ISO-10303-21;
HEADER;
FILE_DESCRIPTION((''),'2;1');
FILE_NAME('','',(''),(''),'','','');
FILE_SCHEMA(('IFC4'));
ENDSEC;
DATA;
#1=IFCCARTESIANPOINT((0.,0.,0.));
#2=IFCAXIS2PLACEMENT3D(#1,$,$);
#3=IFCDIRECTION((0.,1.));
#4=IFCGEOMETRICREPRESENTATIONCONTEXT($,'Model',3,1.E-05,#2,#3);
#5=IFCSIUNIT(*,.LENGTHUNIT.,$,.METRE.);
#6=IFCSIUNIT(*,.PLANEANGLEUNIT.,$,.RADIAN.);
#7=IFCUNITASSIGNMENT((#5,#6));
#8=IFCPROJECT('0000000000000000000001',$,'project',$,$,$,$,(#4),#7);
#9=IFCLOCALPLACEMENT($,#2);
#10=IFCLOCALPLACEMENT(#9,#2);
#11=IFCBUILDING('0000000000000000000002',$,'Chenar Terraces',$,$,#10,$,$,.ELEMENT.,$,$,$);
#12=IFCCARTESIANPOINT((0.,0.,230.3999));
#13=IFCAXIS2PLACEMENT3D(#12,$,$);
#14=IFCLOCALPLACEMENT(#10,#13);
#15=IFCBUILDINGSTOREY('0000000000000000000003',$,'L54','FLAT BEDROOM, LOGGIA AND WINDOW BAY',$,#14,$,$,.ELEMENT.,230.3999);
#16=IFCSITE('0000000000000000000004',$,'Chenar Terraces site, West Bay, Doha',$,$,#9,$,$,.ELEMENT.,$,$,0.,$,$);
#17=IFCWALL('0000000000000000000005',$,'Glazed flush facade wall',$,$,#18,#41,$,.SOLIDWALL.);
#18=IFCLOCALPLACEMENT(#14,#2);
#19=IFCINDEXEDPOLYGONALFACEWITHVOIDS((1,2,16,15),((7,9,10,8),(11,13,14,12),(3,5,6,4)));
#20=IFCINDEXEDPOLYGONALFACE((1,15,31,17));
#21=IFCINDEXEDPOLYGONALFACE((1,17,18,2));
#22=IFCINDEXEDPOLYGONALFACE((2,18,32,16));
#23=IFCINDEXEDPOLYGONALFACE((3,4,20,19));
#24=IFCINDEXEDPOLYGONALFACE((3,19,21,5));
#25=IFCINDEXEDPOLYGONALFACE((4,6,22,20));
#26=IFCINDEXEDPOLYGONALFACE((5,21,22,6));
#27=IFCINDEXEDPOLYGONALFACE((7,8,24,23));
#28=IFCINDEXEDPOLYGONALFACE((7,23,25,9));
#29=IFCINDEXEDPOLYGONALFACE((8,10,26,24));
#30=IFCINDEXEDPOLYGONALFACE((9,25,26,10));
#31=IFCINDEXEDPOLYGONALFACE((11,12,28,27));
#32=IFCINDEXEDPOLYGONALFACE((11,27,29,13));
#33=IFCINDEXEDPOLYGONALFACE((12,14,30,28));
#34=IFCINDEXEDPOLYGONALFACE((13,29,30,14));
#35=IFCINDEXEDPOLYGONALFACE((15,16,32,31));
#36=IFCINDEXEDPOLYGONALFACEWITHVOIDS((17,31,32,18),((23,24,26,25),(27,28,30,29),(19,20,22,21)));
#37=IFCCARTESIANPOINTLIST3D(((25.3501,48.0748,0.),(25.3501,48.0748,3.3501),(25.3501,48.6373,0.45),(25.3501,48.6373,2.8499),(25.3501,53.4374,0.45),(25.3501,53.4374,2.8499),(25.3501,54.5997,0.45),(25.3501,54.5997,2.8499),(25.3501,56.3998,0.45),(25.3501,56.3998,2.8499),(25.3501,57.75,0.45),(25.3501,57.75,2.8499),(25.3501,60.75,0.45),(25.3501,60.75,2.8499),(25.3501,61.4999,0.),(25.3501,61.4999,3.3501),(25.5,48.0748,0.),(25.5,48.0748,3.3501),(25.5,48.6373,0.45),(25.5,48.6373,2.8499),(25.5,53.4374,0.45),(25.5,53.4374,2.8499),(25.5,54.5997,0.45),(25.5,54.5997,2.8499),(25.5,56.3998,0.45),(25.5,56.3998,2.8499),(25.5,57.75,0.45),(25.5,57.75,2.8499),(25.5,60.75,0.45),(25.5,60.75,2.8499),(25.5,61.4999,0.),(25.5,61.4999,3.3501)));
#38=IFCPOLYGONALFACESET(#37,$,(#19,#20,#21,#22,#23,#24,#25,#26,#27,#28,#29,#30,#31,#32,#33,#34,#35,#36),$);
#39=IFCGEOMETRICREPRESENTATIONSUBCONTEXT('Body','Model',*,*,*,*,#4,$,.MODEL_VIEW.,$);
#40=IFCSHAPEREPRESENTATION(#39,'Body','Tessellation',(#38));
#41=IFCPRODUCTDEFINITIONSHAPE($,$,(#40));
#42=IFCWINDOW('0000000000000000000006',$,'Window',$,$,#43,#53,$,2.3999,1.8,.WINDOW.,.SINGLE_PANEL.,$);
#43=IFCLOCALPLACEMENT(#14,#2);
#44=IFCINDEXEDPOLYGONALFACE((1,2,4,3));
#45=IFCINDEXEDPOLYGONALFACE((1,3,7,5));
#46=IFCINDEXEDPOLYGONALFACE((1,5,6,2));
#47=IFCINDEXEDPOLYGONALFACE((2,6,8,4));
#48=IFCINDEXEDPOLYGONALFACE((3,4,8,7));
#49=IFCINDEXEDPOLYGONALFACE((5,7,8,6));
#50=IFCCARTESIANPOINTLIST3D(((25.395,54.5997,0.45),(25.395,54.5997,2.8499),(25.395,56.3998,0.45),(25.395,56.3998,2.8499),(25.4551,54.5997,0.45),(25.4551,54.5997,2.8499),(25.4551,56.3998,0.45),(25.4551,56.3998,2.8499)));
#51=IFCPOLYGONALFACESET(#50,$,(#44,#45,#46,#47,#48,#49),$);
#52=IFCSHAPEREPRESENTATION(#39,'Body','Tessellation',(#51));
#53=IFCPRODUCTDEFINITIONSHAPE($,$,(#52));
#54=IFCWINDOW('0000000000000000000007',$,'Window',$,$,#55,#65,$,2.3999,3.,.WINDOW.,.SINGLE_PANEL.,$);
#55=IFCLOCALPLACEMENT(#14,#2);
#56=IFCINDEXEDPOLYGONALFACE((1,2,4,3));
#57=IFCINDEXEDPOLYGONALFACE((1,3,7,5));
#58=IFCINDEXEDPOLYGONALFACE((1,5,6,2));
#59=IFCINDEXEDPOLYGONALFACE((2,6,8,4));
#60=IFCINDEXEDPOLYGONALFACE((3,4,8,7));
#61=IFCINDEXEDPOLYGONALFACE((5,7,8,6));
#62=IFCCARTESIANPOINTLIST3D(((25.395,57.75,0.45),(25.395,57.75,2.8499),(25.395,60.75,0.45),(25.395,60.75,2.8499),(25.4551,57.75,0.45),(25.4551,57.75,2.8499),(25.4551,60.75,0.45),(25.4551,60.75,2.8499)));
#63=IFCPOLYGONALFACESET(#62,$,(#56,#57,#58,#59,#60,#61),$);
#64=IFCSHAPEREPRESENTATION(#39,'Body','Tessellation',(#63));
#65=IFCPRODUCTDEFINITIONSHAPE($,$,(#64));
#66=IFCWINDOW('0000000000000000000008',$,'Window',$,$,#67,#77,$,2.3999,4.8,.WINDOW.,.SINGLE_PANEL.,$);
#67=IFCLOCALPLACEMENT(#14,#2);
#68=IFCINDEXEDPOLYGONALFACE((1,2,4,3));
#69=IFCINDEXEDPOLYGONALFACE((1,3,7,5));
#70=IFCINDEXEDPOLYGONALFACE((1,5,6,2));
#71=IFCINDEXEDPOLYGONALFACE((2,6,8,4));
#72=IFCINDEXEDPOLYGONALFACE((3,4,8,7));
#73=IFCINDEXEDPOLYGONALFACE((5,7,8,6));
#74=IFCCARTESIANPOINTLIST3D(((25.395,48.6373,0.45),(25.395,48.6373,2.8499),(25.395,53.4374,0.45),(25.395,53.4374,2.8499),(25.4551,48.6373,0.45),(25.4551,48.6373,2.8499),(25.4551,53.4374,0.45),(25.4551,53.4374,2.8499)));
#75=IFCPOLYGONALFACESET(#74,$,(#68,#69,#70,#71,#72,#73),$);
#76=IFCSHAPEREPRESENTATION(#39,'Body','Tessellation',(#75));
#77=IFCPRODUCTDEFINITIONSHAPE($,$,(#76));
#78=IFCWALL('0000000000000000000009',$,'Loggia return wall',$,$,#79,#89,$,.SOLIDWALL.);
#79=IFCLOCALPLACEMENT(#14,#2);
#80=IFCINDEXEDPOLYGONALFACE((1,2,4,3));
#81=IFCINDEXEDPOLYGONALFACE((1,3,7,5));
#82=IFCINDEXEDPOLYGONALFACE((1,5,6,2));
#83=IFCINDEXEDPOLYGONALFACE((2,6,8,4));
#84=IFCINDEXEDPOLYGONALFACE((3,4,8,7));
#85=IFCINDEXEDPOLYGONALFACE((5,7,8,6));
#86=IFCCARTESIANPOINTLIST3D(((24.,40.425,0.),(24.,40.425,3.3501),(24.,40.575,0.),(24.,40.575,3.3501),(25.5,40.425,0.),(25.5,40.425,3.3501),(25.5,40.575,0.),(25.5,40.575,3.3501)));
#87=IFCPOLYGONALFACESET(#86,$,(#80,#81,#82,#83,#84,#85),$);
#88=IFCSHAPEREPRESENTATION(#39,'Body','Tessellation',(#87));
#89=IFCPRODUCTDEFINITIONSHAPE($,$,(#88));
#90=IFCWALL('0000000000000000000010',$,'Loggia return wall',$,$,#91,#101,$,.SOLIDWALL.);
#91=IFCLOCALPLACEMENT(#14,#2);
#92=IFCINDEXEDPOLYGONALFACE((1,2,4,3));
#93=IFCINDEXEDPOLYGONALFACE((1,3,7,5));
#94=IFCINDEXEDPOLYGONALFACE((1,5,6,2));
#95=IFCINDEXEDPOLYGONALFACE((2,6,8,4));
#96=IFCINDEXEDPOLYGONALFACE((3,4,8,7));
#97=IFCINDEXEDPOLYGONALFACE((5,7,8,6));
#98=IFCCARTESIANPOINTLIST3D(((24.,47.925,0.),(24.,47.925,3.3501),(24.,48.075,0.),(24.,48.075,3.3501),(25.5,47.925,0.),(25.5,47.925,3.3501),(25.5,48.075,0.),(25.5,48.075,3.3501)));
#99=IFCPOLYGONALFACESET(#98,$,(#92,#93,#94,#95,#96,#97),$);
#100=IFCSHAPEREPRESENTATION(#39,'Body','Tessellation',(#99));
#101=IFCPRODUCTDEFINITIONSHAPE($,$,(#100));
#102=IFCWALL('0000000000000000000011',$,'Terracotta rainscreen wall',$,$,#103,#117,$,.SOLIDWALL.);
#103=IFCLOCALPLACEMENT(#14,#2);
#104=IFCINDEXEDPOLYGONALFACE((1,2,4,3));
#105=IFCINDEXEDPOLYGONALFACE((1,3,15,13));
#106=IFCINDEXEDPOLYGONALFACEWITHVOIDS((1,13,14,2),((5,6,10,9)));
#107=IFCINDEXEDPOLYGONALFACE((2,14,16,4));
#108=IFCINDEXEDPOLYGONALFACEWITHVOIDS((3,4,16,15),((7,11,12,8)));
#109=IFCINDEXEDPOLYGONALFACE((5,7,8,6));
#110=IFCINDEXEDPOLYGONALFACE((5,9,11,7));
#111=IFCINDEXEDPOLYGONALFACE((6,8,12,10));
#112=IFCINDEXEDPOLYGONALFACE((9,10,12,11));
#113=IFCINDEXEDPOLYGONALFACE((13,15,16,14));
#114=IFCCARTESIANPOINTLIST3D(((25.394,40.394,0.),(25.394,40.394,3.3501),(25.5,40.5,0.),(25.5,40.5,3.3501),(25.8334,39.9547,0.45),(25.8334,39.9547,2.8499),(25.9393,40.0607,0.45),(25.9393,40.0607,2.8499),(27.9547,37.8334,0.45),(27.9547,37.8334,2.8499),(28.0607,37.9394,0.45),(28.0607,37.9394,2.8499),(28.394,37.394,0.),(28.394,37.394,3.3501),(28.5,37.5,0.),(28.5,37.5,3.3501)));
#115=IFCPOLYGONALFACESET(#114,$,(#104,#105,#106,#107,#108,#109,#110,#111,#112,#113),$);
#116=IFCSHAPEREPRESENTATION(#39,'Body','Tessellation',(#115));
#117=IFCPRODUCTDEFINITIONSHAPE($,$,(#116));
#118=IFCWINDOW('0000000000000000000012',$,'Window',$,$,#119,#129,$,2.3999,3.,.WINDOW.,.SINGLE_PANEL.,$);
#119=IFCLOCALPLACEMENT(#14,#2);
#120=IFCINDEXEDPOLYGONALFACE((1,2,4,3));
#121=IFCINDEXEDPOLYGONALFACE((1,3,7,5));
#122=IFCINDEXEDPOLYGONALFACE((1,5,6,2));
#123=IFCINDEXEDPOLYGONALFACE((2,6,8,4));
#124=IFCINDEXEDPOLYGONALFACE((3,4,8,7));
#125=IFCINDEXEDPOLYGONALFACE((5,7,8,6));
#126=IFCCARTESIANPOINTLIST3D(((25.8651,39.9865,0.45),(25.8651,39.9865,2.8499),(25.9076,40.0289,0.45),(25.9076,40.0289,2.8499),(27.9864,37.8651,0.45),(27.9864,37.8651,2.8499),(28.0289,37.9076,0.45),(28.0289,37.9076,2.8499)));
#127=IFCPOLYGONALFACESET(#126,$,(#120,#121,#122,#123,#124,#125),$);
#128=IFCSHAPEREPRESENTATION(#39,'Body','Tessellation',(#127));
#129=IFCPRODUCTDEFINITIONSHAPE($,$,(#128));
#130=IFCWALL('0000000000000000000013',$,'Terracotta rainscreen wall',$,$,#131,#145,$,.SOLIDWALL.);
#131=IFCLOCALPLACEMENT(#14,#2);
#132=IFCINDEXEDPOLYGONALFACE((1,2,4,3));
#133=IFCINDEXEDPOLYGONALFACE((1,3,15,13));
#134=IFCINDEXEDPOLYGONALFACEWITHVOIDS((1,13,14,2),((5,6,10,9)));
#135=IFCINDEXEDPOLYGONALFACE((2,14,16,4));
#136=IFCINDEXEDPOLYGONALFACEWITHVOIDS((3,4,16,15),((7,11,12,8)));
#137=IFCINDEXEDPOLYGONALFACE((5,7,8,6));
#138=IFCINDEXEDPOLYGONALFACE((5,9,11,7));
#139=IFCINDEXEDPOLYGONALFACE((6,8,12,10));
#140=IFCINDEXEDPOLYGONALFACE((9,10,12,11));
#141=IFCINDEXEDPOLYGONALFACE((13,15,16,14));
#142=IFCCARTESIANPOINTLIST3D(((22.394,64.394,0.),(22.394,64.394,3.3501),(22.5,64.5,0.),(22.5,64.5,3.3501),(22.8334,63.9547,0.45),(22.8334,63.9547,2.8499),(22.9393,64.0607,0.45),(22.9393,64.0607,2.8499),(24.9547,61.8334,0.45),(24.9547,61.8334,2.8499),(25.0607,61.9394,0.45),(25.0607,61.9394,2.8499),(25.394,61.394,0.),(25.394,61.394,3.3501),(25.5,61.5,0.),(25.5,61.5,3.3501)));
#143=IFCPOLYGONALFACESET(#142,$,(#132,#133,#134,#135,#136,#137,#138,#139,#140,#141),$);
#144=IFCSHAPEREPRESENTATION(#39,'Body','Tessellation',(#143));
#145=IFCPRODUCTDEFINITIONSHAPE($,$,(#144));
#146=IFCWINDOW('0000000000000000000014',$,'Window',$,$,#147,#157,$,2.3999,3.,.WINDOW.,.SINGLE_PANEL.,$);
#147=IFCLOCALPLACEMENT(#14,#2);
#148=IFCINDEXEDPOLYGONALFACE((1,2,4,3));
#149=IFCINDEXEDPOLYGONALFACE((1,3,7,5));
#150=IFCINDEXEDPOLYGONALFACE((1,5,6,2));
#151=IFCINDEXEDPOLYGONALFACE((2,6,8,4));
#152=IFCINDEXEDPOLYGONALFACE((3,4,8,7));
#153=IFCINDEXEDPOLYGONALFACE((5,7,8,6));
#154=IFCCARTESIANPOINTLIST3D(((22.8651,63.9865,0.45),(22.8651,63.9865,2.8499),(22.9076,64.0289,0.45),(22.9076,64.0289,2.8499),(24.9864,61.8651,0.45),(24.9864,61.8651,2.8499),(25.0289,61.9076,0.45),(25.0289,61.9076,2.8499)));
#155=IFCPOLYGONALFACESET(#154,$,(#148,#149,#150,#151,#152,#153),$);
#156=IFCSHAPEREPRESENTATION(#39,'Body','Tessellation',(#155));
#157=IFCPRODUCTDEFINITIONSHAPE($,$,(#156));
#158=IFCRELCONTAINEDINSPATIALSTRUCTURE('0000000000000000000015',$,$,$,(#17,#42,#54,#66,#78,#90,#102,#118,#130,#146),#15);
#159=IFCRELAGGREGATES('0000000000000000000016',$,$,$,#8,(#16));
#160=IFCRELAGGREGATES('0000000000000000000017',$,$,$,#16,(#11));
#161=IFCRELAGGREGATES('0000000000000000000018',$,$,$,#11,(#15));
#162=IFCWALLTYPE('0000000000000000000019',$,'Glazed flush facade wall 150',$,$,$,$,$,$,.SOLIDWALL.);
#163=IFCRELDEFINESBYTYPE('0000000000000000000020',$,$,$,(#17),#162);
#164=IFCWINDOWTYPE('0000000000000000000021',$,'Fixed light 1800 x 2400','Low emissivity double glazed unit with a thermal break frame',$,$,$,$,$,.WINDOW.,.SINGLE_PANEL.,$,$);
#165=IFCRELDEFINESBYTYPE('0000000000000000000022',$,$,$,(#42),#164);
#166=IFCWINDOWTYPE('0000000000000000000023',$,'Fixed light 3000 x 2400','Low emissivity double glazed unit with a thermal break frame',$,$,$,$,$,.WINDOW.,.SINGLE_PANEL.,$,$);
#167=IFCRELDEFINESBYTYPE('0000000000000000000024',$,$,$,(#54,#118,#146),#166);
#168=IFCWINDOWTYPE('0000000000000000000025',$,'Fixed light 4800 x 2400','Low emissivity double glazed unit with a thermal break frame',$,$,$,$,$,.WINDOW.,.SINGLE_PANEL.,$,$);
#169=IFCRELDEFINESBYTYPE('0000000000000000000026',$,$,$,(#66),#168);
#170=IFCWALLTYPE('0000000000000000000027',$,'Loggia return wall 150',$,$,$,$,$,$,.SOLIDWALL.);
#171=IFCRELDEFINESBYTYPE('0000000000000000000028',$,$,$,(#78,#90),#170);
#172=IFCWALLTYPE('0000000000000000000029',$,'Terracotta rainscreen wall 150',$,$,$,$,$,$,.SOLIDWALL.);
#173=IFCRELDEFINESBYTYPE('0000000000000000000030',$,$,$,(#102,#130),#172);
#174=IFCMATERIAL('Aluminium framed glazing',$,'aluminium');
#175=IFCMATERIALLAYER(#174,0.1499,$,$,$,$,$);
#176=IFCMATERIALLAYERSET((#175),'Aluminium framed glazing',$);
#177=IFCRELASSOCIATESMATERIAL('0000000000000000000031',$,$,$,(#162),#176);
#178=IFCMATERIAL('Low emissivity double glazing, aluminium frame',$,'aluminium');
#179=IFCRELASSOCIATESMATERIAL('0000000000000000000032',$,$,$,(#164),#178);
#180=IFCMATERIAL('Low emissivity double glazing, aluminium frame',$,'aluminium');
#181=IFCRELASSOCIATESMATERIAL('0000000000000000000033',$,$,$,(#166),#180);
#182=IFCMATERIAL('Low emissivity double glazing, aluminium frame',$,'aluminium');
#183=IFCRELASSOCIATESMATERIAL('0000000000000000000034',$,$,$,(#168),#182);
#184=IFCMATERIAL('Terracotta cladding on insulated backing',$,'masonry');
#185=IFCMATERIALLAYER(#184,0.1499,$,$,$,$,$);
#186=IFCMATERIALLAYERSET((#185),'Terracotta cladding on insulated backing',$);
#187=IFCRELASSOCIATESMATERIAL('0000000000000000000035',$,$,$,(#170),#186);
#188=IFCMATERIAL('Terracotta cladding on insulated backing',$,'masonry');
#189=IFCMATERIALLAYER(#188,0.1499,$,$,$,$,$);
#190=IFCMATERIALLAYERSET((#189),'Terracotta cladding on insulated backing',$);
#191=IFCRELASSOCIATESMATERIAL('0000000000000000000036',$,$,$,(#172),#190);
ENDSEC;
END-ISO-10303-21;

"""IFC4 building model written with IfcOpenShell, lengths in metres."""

from ifc_helpers import new_model, si_unit, direction, frame, frame_2d, origin, place, context, subcontext, project, spatial, rectangle, extrude, material, layer, layer_set, type_object, element, fill, save


model = new_model("IFC4")

# Units and contexts
model_context = context("Model", 3, precision=1e-05, world=origin(), true_north=direction((0.0, 1.0)))
body_context = subcontext(model_context, "Body", "Model", "MODEL_VIEW")
ifc_project = project(units=[si_unit("LENGTHUNIT", "METRE"), si_unit("PLANEANGLEUNIT", "RADIAN")], contexts=[model_context])

# Site, building, storey
site_placement = place(None, origin())
site = spatial("IfcSite", under=ifc_project, at=site_placement, Name="Chenar Terraces site, West Bay, Doha", CompositionType="ELEMENT", RefElevation=0.0)
building_placement = place(site_placement, origin())
building = spatial("IfcBuilding", under=site, at=building_placement, Name="Chenar Terraces", CompositionType="ELEMENT")
storey_placement = place(building_placement, frame((0.0, 0.0, 230.3999)))
storey = spatial("IfcBuildingStorey", under=building, at=storey_placement, Name="L54", Description="FLAT BEDROOM, LOGGIA AND WINDOW BAY", CompositionType="ELEMENT", Elevation=230.3999)

# Wall, openings, windows
ifc_material_1 = material(Name="Aluminium framed glazing", Category="aluminium")
ifc_layer_1 = layer(ifc_material_1, 0.1499)
ifc_layer_set_1 = layer_set([ifc_layer_1], Name="Aluminium framed glazing")
wall_type_1 = type_object("IfcWallType", Name="Glazed flush facade wall 150", PredefinedType="SOLIDWALL", material=ifc_layer_set_1)
wall_1_placement = place(storey_placement, frame((25.425, 48.075, 0.0), z_axis=(0.0, 0.0, 1.0), x_axis=(0.0, 1.0, 0.0)))
wall_1 = element("IfcWall", 1, at=wall_1_placement, inside=storey, type_object=wall_type_1, Name="Glazed flush facade wall", PredefinedType="SOLIDWALL", context=body_context, shape_type="SweptSolid", body=[
    extrude(rectangle(XDim=13.425, YDim=0.1499, at=frame_2d((6.7124, 0.0))), origin(), (0.0, 0.0, 1.0), 3.3501),
])
opening_1_placement = place(wall_1_placement, frame((0.5625, 0.0, 0.45)))
opening_1 = element("IfcOpeningElement", 2, at=opening_1_placement, cuts=wall_1, PredefinedType="OPENING", context=body_context, shape_type="SweptSolid", body=[
    extrude(rectangle(XDim=4.8, YDim=2.3999, at=frame_2d((2.3999, 1.2))), frame((0.0, 0.085, 0.0), z_axis=(0.0, -1.0, 0.0), x_axis=(1.0, 0.0, 0.0)), (0.0, 0.0, 1.0), 0.1699),
])
opening_2_placement = place(wall_1_placement, frame((6.5249, 0.0, 0.45)))
opening_2 = element("IfcOpeningElement", 3, at=opening_2_placement, cuts=wall_1, PredefinedType="OPENING", context=body_context, shape_type="SweptSolid", body=[
    extrude(rectangle(XDim=1.8, YDim=2.3999, at=frame_2d((0.8999, 1.2))), frame((0.0, 0.085, 0.0), z_axis=(0.0, -1.0, 0.0), x_axis=(1.0, 0.0, 0.0)), (0.0, 0.0, 1.0), 0.1699),
])
opening_3_placement = place(wall_1_placement, frame((9.675, 0.0, 0.45)))
opening_3 = element("IfcOpeningElement", 4, at=opening_3_placement, cuts=wall_1, PredefinedType="OPENING", context=body_context, shape_type="SweptSolid", body=[
    extrude(rectangle(XDim=3.0, YDim=2.3999, at=frame_2d((1.5, 1.2))), frame((0.0, 0.085, 0.0), z_axis=(0.0, -1.0, 0.0), x_axis=(1.0, 0.0, 0.0)), (0.0, 0.0, 1.0), 0.1699),
])
ifc_material_2 = material(Name="Low emissivity double glazing, aluminium frame", Category="aluminium")
window_type_1 = type_object("IfcWindowType", Name="Fixed light 1800 x 2400", Description="Low emissivity double glazed unit with a thermal break frame", PartitioningType="SINGLE_PANEL", PredefinedType="WINDOW", material=ifc_material_2)
window_1_placement = place(opening_2_placement, origin())
window_1 = element("IfcWindow", 5, at=window_1_placement, inside=storey, type_object=window_type_1, Name="Window", OverallHeight=2.3999, OverallWidth=1.8, PartitioningType="SINGLE_PANEL", PredefinedType="WINDOW", context=body_context, shape_type="SweptSolid", body=[
    extrude(rectangle(XDim=1.8, YDim=2.3999, at=frame_2d((0.8999, 1.2))), frame((0.0, 0.03, 0.0), z_axis=(0.0, -1.0, 0.0), x_axis=(1.0, 0.0, 0.0)), (0.0, 0.0, 1.0), 0.0601),
])
fill(opening_2, window_1)
ifc_material_3 = material(Name="Low emissivity double glazing, aluminium frame", Category="aluminium")
window_type_2 = type_object("IfcWindowType", Name="Fixed light 3000 x 2400", Description="Low emissivity double glazed unit with a thermal break frame", PartitioningType="SINGLE_PANEL", PredefinedType="WINDOW", material=ifc_material_3)
window_2_placement = place(opening_3_placement, origin())
window_2 = element("IfcWindow", 6, at=window_2_placement, inside=storey, type_object=window_type_2, Name="Window", OverallHeight=2.3999, OverallWidth=3.0, PartitioningType="SINGLE_PANEL", PredefinedType="WINDOW", context=body_context, shape_type="SweptSolid", body=[
    extrude(rectangle(XDim=3.0, YDim=2.3999, at=frame_2d((1.5, 1.2))), frame((0.0, 0.03, 0.0), z_axis=(0.0, -1.0, 0.0), x_axis=(1.0, 0.0, 0.0)), (0.0, 0.0, 1.0), 0.0601),
])
fill(opening_3, window_2)
ifc_material_4 = material(Name="Low emissivity double glazing, aluminium frame", Category="aluminium")
window_type_3 = type_object("IfcWindowType", Name="Fixed light 4800 x 2400", Description="Low emissivity double glazed unit with a thermal break frame", PartitioningType="SINGLE_PANEL", PredefinedType="WINDOW", material=ifc_material_4)
window_3_placement = place(opening_1_placement, origin())
window_3 = element("IfcWindow", 7, at=window_3_placement, inside=storey, type_object=window_type_3, Name="Window", OverallHeight=2.3999, OverallWidth=4.8, PartitioningType="SINGLE_PANEL", PredefinedType="WINDOW", context=body_context, shape_type="SweptSolid", body=[
    extrude(rectangle(XDim=4.8, YDim=2.3999, at=frame_2d((2.3999, 1.2))), frame((0.0, 0.03, 0.0), z_axis=(0.0, -1.0, 0.0), x_axis=(1.0, 0.0, 0.0)), (0.0, 0.0, 1.0), 0.0601),
])
fill(opening_1, window_3)

# Walls
ifc_material_5 = material(Name="Terracotta cladding on insulated backing", Category="masonry")
ifc_layer_2 = layer(ifc_material_5, 0.1499)
ifc_layer_set_2 = layer_set([ifc_layer_2], Name="Terracotta cladding on insulated backing")
wall_type_2 = type_object("IfcWallType", Name="Loggia return wall 150", PredefinedType="SOLIDWALL", material=ifc_layer_set_2)
for number, where, z_axis, x_axis, name in (
    (8, (25.5, 40.5, 0.0), (0.0, 0.0, 1.0), (-1.0, 0.0, 0.0), "Loggia return wall"),
    (9, (25.5, 48.0, 0.0), (0.0, 0.0, 1.0), (-1.0, 0.0, 0.0), "Loggia return wall"),
):
    element("IfcWall", number, at=place(storey_placement, frame(where, z_axis=z_axis, x_axis=x_axis)), inside=storey, type_object=wall_type_2, Name=name, PredefinedType="SOLIDWALL", context=body_context, shape_type="SweptSolid", body=[
        extrude(rectangle(XDim=1.5, YDim=0.1499, at=frame_2d((0.75, 0.0))), origin(), (0.0, 0.0, 1.0), 3.3501),
    ])

# Walls, openings, windows
ifc_material_6 = material(Name="Terracotta cladding on insulated backing", Category="masonry")
ifc_layer_3 = layer(ifc_material_6, 0.1499)
ifc_layer_set_3 = layer_set([ifc_layer_3], Name="Terracotta cladding on insulated backing")
wall_type_3 = type_object("IfcWallType", Name="Terracotta rainscreen wall 150", PredefinedType="SOLIDWALL", material=ifc_layer_set_3)
wall_2_placement = place(storey_placement, frame((28.447, 37.447, 0.0), z_axis=(0.0, 0.0, 1.0), x_axis=(-0.707107, 0.707107, 0.0)))
wall_2 = element("IfcWall", 10, at=wall_2_placement, inside=storey, type_object=wall_type_3, Name="Terracotta rainscreen wall", PredefinedType="SOLIDWALL", context=body_context, shape_type="SweptSolid", body=[
    extrude(rectangle(XDim=4.2427, YDim=0.1499, at=frame_2d((2.1213, 0.0))), origin(), (0.0, 0.0, 1.0), 3.3501),
])
opening_4_placement = place(wall_2_placement, frame((0.6213, 0.0, 0.45)))
opening_4 = element("IfcOpeningElement", 11, at=opening_4_placement, cuts=wall_2, PredefinedType="OPENING", context=body_context, shape_type="SweptSolid", body=[
    extrude(rectangle(XDim=3.0, YDim=2.3999, at=frame_2d((1.5, 1.2))), frame((0.0, 0.085, 0.0), z_axis=(0.0, -1.0, 0.0), x_axis=(1.0, 0.0, 0.0)), (0.0, 0.0, 1.0), 0.1699),
])
window_4_placement = place(opening_4_placement, origin())
window_4 = element("IfcWindow", 12, at=window_4_placement, inside=storey, type_object=window_type_2, Name="Window", OverallHeight=2.3999, OverallWidth=3.0, PartitioningType="SINGLE_PANEL", PredefinedType="WINDOW", context=body_context, shape_type="SweptSolid", body=[
    extrude(rectangle(XDim=3.0, YDim=2.3999, at=frame_2d((1.5, 1.2))), frame((0.0, 0.03, 0.0), z_axis=(0.0, -1.0, 0.0), x_axis=(1.0, 0.0, 0.0)), (0.0, 0.0, 1.0), 0.0601),
])
fill(opening_4, window_4)
wall_3_placement = place(storey_placement, frame((25.447, 61.447, 0.0), z_axis=(0.0, 0.0, 1.0), x_axis=(-0.707107, 0.707107, 0.0)))
wall_3 = element("IfcWall", 13, at=wall_3_placement, inside=storey, type_object=wall_type_3, Name="Terracotta rainscreen wall", PredefinedType="SOLIDWALL", context=body_context, shape_type="SweptSolid", body=[
    extrude(rectangle(XDim=4.2427, YDim=0.1499, at=frame_2d((2.1213, 0.0))), origin(), (0.0, 0.0, 1.0), 3.3501),
])
opening_5_placement = place(wall_3_placement, frame((0.6213, 0.0, 0.45)))
opening_5 = element("IfcOpeningElement", 14, at=opening_5_placement, cuts=wall_3, PredefinedType="OPENING", context=body_context, shape_type="SweptSolid", body=[
    extrude(rectangle(XDim=3.0, YDim=2.3999, at=frame_2d((1.5, 1.2))), frame((0.0, 0.085, 0.0), z_axis=(0.0, -1.0, 0.0), x_axis=(1.0, 0.0, 0.0)), (0.0, 0.0, 1.0), 0.1699),
])
window_5_placement = place(opening_5_placement, origin())
window_5 = element("IfcWindow", 15, at=window_5_placement, inside=storey, type_object=window_type_2, Name="Window", OverallHeight=2.3999, OverallWidth=3.0, PartitioningType="SINGLE_PANEL", PredefinedType="WINDOW", context=body_context, shape_type="SweptSolid", body=[
    extrude(rectangle(XDim=3.0, YDim=2.3999, at=frame_2d((1.5, 1.2))), frame((0.0, 0.03, 0.0), z_axis=(0.0, -1.0, 0.0), x_axis=(1.0, 0.0, 0.0)), (0.0, 0.0, 1.0), 0.0601),
])
fill(opening_5, window_5)

save(model, "model.ifc")
